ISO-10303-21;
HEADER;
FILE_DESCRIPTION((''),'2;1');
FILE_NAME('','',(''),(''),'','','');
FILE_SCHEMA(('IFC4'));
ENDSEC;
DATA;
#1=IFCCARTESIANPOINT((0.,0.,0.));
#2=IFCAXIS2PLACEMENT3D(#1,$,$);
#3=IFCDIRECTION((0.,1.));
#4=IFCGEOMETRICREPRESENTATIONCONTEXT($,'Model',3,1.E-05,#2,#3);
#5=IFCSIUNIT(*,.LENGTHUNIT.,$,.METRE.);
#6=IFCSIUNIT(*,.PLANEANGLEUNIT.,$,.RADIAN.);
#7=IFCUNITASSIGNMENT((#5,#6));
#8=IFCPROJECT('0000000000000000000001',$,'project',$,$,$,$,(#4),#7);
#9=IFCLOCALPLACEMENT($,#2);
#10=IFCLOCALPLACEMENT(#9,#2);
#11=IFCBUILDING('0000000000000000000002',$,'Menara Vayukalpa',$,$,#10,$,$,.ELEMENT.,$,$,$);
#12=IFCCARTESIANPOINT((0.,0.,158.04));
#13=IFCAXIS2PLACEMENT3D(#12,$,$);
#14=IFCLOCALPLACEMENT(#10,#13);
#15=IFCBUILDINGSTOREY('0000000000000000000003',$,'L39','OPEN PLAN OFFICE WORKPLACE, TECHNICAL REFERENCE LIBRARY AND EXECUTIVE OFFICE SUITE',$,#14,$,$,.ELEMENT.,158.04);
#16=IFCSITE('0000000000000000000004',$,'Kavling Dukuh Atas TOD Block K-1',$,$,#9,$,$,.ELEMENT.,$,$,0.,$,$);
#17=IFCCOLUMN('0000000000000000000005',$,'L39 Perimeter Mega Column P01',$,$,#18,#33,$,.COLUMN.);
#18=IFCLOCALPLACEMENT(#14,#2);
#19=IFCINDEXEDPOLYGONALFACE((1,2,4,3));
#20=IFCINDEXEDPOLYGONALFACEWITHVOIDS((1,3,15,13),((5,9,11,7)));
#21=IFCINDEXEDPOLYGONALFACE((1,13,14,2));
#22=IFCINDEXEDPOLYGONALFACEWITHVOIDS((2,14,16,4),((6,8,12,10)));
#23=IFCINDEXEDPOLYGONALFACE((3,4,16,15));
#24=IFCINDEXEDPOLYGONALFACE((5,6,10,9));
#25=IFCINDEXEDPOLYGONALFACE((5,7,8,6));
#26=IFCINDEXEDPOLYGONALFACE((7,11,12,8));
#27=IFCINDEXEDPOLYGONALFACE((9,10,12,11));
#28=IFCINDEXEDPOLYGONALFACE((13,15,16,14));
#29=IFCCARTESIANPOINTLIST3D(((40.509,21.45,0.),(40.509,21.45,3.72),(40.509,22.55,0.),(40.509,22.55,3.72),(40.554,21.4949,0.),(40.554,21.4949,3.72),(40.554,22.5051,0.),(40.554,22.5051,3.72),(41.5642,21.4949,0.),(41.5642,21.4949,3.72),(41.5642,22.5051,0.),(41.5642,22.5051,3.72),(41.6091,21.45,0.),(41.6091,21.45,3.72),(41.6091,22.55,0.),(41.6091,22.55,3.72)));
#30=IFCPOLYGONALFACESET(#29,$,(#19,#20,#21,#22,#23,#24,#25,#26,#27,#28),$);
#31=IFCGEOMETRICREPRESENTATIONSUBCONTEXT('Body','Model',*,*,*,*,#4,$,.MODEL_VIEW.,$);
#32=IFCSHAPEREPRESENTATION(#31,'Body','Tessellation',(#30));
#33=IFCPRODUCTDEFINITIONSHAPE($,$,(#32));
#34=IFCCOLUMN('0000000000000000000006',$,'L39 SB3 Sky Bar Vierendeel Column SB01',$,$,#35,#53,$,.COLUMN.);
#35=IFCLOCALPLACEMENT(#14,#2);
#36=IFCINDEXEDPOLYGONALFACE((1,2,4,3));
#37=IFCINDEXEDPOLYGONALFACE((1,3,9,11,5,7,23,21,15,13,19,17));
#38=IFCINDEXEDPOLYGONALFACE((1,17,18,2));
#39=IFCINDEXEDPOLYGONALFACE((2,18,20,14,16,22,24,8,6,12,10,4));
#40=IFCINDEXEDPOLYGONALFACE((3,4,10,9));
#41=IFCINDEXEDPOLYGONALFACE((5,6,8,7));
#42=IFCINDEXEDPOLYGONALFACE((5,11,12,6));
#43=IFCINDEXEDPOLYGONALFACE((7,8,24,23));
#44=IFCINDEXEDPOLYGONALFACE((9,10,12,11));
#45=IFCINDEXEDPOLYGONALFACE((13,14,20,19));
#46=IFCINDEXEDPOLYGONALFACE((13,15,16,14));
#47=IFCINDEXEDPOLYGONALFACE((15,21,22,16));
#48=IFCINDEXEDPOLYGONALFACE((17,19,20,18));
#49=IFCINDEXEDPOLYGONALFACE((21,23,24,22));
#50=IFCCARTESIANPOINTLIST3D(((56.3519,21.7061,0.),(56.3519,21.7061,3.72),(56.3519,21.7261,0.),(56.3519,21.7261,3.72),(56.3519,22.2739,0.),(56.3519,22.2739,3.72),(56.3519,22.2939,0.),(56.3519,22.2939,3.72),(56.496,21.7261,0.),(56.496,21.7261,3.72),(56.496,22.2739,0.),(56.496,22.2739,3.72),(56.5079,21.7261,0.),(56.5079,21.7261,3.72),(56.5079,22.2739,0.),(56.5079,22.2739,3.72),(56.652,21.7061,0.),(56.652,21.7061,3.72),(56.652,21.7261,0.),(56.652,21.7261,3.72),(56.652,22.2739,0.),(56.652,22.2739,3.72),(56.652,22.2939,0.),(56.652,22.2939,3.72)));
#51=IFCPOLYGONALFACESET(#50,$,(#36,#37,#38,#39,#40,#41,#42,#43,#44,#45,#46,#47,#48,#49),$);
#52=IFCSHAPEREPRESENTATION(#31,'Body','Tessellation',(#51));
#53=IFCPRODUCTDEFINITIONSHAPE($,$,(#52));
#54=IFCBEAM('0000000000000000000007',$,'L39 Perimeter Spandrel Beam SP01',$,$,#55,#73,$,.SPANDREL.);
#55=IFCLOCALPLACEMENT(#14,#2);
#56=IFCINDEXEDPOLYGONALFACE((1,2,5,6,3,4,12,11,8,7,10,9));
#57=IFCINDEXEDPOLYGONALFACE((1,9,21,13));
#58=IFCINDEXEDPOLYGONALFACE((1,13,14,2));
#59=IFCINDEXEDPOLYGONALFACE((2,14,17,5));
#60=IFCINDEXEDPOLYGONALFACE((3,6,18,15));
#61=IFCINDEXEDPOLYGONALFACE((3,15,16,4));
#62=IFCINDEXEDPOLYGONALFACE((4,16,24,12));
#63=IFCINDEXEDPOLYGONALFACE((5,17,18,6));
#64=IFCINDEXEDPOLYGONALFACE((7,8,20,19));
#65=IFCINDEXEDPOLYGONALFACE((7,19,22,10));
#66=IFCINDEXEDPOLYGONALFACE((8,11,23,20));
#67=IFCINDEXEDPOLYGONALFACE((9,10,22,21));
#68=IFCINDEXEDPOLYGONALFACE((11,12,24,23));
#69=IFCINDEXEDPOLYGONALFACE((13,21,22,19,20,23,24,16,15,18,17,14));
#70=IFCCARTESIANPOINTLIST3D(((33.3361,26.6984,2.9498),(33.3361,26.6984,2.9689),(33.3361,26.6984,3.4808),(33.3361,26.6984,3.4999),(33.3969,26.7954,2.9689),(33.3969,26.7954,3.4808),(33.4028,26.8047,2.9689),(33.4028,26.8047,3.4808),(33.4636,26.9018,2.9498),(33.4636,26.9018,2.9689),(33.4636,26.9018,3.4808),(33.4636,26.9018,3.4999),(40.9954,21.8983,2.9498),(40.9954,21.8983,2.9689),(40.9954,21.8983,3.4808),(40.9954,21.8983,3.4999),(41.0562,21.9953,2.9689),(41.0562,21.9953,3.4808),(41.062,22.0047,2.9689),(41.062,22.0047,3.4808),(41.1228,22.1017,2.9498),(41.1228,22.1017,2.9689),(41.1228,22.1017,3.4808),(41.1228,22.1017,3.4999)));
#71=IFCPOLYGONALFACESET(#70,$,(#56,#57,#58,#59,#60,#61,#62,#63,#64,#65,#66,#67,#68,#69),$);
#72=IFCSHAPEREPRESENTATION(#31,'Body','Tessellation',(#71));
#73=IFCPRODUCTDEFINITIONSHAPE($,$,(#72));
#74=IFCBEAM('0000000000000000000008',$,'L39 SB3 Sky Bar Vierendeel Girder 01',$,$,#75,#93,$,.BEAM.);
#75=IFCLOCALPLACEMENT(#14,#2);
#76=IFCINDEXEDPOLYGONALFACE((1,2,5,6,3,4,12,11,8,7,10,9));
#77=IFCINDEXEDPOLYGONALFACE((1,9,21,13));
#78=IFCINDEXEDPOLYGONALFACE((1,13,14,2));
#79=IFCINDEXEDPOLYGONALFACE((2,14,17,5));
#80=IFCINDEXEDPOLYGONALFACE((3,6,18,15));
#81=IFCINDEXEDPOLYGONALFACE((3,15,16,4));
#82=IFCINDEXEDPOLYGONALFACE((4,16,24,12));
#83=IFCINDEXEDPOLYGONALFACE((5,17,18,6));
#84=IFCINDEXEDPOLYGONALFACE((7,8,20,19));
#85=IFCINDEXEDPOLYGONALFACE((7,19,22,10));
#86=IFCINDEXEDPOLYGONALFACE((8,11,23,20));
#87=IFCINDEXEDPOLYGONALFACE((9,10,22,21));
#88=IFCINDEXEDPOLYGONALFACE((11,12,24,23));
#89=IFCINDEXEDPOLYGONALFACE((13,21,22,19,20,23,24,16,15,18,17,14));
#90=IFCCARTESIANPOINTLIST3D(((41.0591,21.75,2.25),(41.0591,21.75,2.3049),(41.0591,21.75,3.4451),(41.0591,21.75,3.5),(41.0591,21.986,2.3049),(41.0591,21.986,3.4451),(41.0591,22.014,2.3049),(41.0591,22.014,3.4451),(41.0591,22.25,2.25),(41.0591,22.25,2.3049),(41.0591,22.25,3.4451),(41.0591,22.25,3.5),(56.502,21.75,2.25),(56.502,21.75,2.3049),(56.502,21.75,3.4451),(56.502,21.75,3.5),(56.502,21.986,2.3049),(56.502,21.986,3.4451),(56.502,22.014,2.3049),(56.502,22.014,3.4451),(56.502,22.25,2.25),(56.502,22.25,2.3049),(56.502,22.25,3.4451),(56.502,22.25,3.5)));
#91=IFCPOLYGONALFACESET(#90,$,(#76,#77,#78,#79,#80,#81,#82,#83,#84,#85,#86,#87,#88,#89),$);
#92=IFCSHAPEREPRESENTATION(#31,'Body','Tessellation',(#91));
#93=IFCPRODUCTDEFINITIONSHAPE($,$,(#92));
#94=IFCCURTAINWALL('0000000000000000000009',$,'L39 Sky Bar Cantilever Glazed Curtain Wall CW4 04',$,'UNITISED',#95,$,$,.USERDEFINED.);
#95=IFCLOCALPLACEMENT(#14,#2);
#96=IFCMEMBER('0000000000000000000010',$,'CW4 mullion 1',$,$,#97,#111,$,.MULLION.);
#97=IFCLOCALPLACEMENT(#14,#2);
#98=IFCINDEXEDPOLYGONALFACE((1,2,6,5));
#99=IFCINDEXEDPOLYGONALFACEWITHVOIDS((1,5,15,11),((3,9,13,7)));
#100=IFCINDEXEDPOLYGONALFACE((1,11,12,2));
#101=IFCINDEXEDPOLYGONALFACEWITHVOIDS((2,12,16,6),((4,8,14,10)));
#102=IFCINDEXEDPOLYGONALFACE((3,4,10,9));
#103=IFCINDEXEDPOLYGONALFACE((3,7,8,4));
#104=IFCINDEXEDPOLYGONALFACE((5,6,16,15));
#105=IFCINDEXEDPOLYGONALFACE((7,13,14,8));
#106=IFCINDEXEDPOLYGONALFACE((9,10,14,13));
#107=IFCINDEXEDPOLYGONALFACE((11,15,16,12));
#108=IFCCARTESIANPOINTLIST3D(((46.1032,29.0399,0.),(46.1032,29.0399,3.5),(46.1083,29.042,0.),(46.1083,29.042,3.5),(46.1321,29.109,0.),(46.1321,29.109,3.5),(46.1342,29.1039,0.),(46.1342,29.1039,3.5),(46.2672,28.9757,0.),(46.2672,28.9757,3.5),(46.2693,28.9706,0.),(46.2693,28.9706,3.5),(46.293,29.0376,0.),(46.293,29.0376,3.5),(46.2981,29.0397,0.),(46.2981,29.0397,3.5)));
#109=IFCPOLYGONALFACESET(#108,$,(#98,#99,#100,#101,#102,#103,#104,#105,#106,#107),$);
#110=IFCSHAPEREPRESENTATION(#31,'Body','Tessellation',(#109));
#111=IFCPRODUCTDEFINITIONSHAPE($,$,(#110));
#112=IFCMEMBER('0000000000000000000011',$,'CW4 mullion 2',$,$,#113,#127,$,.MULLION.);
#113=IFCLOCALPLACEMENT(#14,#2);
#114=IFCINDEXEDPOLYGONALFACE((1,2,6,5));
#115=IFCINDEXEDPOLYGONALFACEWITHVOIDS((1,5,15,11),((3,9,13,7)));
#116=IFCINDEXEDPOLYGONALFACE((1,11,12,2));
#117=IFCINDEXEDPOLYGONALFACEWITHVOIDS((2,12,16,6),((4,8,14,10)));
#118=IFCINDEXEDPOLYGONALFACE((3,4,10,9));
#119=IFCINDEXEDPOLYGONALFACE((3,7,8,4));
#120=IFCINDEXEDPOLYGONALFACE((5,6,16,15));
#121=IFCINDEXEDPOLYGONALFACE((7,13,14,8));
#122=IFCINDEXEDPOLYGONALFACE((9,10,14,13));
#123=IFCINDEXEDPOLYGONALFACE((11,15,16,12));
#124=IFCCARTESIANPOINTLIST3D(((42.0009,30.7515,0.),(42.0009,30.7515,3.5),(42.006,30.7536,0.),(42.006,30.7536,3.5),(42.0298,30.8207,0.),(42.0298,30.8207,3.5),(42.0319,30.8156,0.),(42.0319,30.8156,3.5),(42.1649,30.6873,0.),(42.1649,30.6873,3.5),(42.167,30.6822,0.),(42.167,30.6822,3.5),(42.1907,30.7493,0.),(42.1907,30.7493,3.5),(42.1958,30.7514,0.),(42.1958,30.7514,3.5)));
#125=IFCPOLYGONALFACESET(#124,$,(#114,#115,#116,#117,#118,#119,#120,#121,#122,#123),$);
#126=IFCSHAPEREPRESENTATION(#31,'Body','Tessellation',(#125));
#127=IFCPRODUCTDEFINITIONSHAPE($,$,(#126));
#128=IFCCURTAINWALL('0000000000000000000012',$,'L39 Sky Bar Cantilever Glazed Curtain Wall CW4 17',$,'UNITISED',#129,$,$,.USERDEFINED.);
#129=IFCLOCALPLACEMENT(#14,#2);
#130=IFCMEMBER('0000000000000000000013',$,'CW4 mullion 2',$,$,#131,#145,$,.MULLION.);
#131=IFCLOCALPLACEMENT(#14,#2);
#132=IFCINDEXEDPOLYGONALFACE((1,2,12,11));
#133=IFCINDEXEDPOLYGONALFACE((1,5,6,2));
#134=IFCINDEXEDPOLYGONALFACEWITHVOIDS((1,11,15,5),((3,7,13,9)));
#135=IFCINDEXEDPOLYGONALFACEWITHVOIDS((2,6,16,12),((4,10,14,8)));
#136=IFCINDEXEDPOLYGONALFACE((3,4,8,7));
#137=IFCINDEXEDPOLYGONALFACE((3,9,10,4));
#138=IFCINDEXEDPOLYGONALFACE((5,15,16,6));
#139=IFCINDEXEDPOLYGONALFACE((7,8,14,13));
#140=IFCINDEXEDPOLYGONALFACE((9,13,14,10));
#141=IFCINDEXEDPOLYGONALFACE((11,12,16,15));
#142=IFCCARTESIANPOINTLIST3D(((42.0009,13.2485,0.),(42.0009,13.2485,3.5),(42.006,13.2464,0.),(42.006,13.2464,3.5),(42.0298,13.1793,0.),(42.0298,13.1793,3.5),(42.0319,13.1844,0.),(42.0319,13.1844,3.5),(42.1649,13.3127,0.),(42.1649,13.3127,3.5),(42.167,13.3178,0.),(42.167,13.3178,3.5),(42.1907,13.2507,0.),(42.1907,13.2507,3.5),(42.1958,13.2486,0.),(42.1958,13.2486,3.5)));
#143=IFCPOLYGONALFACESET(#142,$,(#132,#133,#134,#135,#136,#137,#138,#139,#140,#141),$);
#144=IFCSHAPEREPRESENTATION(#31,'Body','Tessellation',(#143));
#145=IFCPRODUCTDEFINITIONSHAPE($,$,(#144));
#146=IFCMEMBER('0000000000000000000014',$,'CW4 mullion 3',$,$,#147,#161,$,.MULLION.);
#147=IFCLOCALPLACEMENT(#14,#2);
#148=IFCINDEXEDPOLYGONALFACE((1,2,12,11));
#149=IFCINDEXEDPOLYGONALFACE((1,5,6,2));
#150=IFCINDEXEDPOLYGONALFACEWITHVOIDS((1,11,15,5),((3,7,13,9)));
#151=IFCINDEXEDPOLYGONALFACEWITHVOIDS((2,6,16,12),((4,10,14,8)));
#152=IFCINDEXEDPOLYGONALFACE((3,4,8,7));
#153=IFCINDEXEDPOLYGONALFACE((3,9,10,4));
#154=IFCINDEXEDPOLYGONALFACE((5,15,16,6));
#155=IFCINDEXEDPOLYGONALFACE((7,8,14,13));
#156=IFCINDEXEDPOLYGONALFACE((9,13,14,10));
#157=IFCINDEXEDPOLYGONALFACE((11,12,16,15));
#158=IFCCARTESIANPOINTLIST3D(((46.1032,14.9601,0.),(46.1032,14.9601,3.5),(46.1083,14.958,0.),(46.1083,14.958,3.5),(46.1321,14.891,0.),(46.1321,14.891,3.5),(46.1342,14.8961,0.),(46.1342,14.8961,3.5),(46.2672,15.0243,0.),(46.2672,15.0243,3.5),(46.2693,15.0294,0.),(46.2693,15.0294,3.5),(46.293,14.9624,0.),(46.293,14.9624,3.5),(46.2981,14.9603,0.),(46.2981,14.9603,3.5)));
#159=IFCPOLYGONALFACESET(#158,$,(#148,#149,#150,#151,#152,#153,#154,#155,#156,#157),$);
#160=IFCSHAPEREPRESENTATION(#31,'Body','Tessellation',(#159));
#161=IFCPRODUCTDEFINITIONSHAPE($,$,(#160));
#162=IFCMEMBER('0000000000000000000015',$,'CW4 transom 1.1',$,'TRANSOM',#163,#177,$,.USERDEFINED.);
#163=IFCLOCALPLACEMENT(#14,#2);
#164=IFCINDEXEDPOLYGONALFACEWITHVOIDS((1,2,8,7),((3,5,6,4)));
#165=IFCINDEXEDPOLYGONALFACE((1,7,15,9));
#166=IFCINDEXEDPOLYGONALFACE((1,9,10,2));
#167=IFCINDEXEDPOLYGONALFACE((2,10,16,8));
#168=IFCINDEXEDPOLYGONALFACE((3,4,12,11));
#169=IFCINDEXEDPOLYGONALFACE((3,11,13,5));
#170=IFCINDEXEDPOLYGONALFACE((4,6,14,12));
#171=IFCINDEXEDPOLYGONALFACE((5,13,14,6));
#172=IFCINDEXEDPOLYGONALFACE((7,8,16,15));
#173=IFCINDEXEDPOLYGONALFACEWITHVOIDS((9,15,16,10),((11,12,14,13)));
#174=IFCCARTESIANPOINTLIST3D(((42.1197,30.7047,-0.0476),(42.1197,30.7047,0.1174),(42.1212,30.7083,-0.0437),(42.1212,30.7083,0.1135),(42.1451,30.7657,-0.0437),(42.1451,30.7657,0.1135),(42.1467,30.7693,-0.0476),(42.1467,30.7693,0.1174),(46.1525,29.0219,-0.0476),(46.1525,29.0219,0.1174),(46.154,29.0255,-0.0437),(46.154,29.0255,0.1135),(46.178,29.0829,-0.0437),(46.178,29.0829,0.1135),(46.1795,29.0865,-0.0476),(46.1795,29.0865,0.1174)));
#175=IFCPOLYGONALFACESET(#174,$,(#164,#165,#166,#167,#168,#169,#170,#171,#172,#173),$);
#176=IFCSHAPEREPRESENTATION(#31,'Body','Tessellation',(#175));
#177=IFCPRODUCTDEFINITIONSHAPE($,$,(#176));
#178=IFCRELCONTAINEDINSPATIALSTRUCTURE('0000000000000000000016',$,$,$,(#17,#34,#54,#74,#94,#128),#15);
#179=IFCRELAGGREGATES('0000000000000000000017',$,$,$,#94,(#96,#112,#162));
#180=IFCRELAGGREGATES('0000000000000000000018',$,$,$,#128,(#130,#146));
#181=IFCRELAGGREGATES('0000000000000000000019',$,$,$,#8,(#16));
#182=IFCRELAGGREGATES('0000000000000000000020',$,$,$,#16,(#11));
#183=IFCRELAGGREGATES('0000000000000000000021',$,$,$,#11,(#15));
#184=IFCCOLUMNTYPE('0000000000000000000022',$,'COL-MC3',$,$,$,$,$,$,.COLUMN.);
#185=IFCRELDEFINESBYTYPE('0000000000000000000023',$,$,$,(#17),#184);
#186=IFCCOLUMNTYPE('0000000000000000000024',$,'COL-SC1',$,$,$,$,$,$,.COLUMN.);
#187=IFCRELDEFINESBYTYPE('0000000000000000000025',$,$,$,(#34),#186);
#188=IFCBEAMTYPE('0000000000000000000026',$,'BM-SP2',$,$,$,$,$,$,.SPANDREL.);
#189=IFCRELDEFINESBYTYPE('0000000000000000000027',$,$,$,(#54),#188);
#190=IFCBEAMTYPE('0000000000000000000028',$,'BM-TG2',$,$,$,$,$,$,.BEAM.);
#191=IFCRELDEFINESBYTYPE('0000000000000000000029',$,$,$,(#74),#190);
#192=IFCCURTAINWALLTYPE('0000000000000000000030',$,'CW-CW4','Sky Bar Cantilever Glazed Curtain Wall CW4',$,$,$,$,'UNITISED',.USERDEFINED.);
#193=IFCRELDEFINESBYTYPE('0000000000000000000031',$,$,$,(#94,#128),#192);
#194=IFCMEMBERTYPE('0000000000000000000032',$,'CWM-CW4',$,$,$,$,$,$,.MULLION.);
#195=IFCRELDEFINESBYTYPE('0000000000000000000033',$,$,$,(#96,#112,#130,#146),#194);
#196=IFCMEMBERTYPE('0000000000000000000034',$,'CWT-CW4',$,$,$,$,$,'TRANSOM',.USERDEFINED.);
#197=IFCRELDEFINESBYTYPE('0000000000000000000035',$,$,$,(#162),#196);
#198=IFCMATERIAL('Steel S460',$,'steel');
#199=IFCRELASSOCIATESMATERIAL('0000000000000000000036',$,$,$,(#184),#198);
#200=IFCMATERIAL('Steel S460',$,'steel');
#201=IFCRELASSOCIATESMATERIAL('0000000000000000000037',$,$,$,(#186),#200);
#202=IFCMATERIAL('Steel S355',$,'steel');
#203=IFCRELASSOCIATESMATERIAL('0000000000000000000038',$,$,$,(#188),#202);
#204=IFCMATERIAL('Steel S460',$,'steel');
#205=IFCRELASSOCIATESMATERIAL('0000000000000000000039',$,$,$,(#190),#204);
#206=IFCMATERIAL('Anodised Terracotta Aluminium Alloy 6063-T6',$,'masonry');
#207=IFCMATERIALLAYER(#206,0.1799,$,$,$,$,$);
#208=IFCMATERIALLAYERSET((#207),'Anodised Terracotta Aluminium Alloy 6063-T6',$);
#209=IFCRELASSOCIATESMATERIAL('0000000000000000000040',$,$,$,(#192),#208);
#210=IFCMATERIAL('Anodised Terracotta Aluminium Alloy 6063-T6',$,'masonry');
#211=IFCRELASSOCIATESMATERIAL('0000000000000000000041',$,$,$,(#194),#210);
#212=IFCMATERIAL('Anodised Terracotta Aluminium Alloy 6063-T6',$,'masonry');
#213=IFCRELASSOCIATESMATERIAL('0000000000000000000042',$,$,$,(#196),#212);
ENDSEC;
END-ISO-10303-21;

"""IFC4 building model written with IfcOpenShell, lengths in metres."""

from ifc_helpers import new_model, si_unit, direction, frame, origin, origin_2d, place, context, subcontext, project, spatial, hollow_rectangle, i_section, extrude, material, layer, layer_set, material_profile, profile_set, type_object, element, aggregate, save


model = new_model("IFC4")

# Units and contexts
model_context = context("Model", 3, precision=1e-05, world=origin(), true_north=direction((0.0, 1.0)))
body_context = subcontext(model_context, "Body", "Model", "MODEL_VIEW")
ifc_project = project(units=[si_unit("LENGTHUNIT", "METRE"), si_unit("PLANEANGLEUNIT", "RADIAN")], contexts=[model_context])

# Site, building, storey
site_placement = place(None, origin())
site = spatial("IfcSite", under=ifc_project, at=site_placement, Name="Kavling Dukuh Atas TOD Block K-1", CompositionType="ELEMENT", RefElevation=0.0)
building_placement = place(site_placement, origin())
building = spatial("IfcBuilding", under=site, at=building_placement, Name="Menara Vayukalpa", CompositionType="ELEMENT")
storey_placement = place(building_placement, frame((0.0, 0.0, 158.04)))
storey = spatial("IfcBuildingStorey", under=building, at=storey_placement, Name="L39", Description="OPEN PLAN OFFICE WORKPLACE, TECHNICAL REFERENCE LIBRARY AND EXECUTIVE OFFICE SUITE", CompositionType="ELEMENT", Elevation=158.04)

# Columns
ifc_material_1 = material(Name="Steel S460", Category="steel")
ifc_material_profile_1 = material_profile(ifc_material_1, hollow_rectangle(XDim=1.1001, YDim=1.1001, WallThickness=0.0449, at=origin_2d()), Name="BOX 1100x1100x45")
ifc_profile_set_1 = profile_set([ifc_material_profile_1], Name="Steel S460")
column_type_1 = type_object("IfcColumnType", Name="COL-MC3", PredefinedType="COLUMN", material=ifc_profile_set_1)
column_1_placement = place(storey_placement, frame((41.0591, 22.0, 0.0), z_axis=(0.0, 0.0, 1.0), x_axis=(1.0, 0.0, 0.0)))
element("IfcColumn", 1, at=column_1_placement, inside=storey, type_object=column_type_1, Name="L39 Perimeter Mega Column P01", PredefinedType="COLUMN", context=body_context, shape_type="SweptSolid", body=[
    extrude(hollow_rectangle(XDim=1.1001, YDim=1.1001, WallThickness=0.0449, at=origin_2d()), origin(), (0.0, 0.0, 1.0), 3.72),
])
ifc_material_2 = material(Name="Steel S460", Category="steel")
ifc_material_profile_2 = material_profile(ifc_material_2, i_section(OverallWidth=0.3, OverallDepth=0.5879, WebThickness=0.012, FlangeThickness=0.02, at=origin_2d()), Name="H 588x300x12x20")
ifc_profile_set_2 = profile_set([ifc_material_profile_2], Name="Steel S460")
column_type_2 = type_object("IfcColumnType", Name="COL-SC1", PredefinedType="COLUMN", material=ifc_profile_set_2)
column_2_placement = place(storey_placement, frame((56.502, 22.0, 0.0), z_axis=(0.0, 0.0, 1.0), x_axis=(1.0, 0.0, 0.0)))
element("IfcColumn", 2, at=column_2_placement, inside=storey, type_object=column_type_2, Name="L39 SB3 Sky Bar Vierendeel Column SB01", PredefinedType="COLUMN", context=body_context, shape_type="SweptSolid", body=[
    extrude(i_section(OverallWidth=0.3, OverallDepth=0.5879, WebThickness=0.012, FlangeThickness=0.02, at=origin_2d()), origin(), (0.0, 0.0, 1.0), 3.72),
])

# Beams
ifc_material_3 = material(Name="Steel S355", Category="steel")
ifc_material_profile_3 = material_profile(ifc_material_3, i_section(OverallWidth=0.24, OverallDepth=0.55, WebThickness=0.011, FlangeThickness=0.019, at=origin_2d()), Name="WF 550x240x11x19")
ifc_profile_set_3 = profile_set([ifc_material_profile_3], Name="Steel S355")
beam_type_1 = type_object("IfcBeamType", Name="BM-SP2", PredefinedType="SPANDREL", material=ifc_profile_set_3)
beam_1_placement = place(storey_placement, frame((41.0591, 22.0, 3.2249), z_axis=(-0.847348, 0.531038, 0.0), x_axis=(-0.531038, -0.847348, 0.0)))
element("IfcBeam", 3, at=beam_1_placement, inside=storey, type_object=beam_type_1, Name="L39 Perimeter Spandrel Beam SP01", PredefinedType="SPANDREL", context=body_context, shape_type="SweptSolid", body=[
    extrude(i_section(OverallWidth=0.24, OverallDepth=0.55, WebThickness=0.011, FlangeThickness=0.019, at=origin_2d()), origin(), (0.0, 0.0, 1.0), 9.0391),
])
ifc_material_4 = material(Name="Steel S460", Category="steel")
ifc_material_profile_4 = material_profile(ifc_material_4, i_section(OverallWidth=0.5, OverallDepth=1.25, WebThickness=0.0281, FlangeThickness=0.0549, at=origin_2d()), Name="WG 1250x500x28x55")
ifc_profile_set_4 = profile_set([ifc_material_profile_4], Name="Steel S460")
beam_type_2 = type_object("IfcBeamType", Name="BM-TG2", PredefinedType="BEAM", material=ifc_profile_set_4)
beam_2_placement = place(storey_placement, frame((41.0591, 22.0, 2.875), z_axis=(1.0, 0.0, 0.0), x_axis=(0.0, 1.0, 0.0)))
element("IfcBeam", 4, at=beam_2_placement, inside=storey, type_object=beam_type_2, Name="L39 SB3 Sky Bar Vierendeel Girder 01", PredefinedType="BEAM", context=body_context, shape_type="SweptSolid", body=[
    extrude(i_section(OverallWidth=0.5, OverallDepth=1.25, WebThickness=0.0281, FlangeThickness=0.0549, at=origin_2d()), origin(), (0.0, 0.0, 1.0), 15.4429),
])

# Curtain walls, members
ifc_material_5 = material(Name="Anodised Terracotta Aluminium Alloy 6063-T6", Category="masonry")
ifc_layer_1 = layer(ifc_material_5, 0.1799)
ifc_layer_set_1 = layer_set([ifc_layer_1], Name="Anodised Terracotta Aluminium Alloy 6063-T6")
curtain_wall_type = type_object("IfcCurtainWallType", Name="CW-CW4", Description="Sky Bar Cantilever Glazed Curtain Wall CW4", ElementType="UNITISED", PredefinedType="USERDEFINED", material=ifc_layer_set_1)
curtain_wall_1_placement = place(storey_placement, origin())
curtain_wall_1 = element("IfcCurtainWall", 5, at=curtain_wall_1_placement, inside=storey, type_object=curtain_wall_type, Name="L39 Sky Bar Cantilever Glazed Curtain Wall CW4 04", ObjectType="UNITISED", PredefinedType="USERDEFINED")
ifc_material_6 = material(Name="Anodised Terracotta Aluminium Alloy 6063-T6", Category="masonry")
ifc_material_profile_5 = material_profile(ifc_material_6, hollow_rectangle(XDim=0.075, YDim=0.1799, WallThickness=0.0039, at=origin_2d()), Name="ALU 75x180x4")
ifc_profile_set_5 = profile_set([ifc_material_profile_5], Name="Anodised Terracotta Aluminium Alloy 6063-T6")
member_type_1 = type_object("IfcMemberType", Name="CWM-CW4", PredefinedType="MULLION", material=ifc_profile_set_5)
member_1_placement = place(storey_placement, frame((46.2007, 29.0398, 0.0), z_axis=(0.0, 0.0, 1.0), x_axis=(-0.385091, -0.922878, 0.0)))
member_1 = element("IfcMember", 6, at=member_1_placement, type_object=member_type_1, Name="CW4 mullion 1", PredefinedType="MULLION", context=body_context, shape_type="SweptSolid", body=[
    extrude(hollow_rectangle(XDim=0.075, YDim=0.1799, WallThickness=0.0039, at=origin_2d()), origin(), (0.0, 0.0, 1.0), 3.5),
])
member_2_placement = place(storey_placement, frame((42.0984, 30.7515, 0.0), z_axis=(0.0, 0.0, 1.0), x_axis=(-0.385091, -0.922878, 0.0)))
member_2 = element("IfcMember", 7, at=member_2_placement, type_object=member_type_1, Name="CW4 mullion 2", PredefinedType="MULLION", context=body_context, shape_type="SweptSolid", body=[
    extrude(hollow_rectangle(XDim=0.075, YDim=0.1799, WallThickness=0.0039, at=origin_2d()), origin(), (0.0, 0.0, 1.0), 3.5),
])
curtain_wall_2_placement = place(storey_placement, origin())
curtain_wall_2 = element("IfcCurtainWall", 8, at=curtain_wall_2_placement, inside=storey, type_object=curtain_wall_type, Name="L39 Sky Bar Cantilever Glazed Curtain Wall CW4 17", ObjectType="UNITISED", PredefinedType="USERDEFINED")
member_3_placement = place(storey_placement, frame((42.0984, 13.2485, 0.0), z_axis=(0.0, 0.0, 1.0), x_axis=(-0.385091, 0.922878, 0.0)))
member_3 = element("IfcMember", 9, at=member_3_placement, type_object=member_type_1, Name="CW4 mullion 2", PredefinedType="MULLION", context=body_context, shape_type="SweptSolid", body=[
    extrude(hollow_rectangle(XDim=0.075, YDim=0.1799, WallThickness=0.0039, at=origin_2d()), origin(), (0.0, 0.0, 1.0), 3.5),
])
member_4_placement = place(storey_placement, frame((46.2007, 14.9602, 0.0), z_axis=(0.0, 0.0, 1.0), x_axis=(-0.385091, 0.922878, 0.0)))
member_4 = element("IfcMember", 10, at=member_4_placement, type_object=member_type_1, Name="CW4 mullion 3", PredefinedType="MULLION", context=body_context, shape_type="SweptSolid", body=[
    extrude(hollow_rectangle(XDim=0.075, YDim=0.1799, WallThickness=0.0039, at=origin_2d()), origin(), (0.0, 0.0, 1.0), 3.5),
])

# Member
ifc_material_7 = material(Name="Anodised Terracotta Aluminium Alloy 6063-T6", Category="masonry")
ifc_material_profile_6 = material_profile(ifc_material_7, hollow_rectangle(XDim=0.0701, YDim=0.165, WallThickness=0.0039, at=origin_2d()), Name="ALU 70x165x4")
ifc_profile_set_6 = profile_set([ifc_material_profile_6], Name="Anodised Terracotta Aluminium Alloy 6063-T6")
member_type_2 = type_object("IfcMemberType", Name="CWT-CW4", ElementType="TRANSOM", PredefinedType="USERDEFINED", material=ifc_profile_set_6)
member_5_placement = place(storey_placement, frame((46.166, 29.0542, 0.0349), z_axis=(-0.922877, 0.385095, 0.0), x_axis=(-0.385095, -0.922877, 0.0)))
member_5 = element("IfcMember", 11, at=member_5_placement, type_object=member_type_2, Name="CW4 transom 1.1", ObjectType="TRANSOM", PredefinedType="USERDEFINED", context=body_context, shape_type="SweptSolid", body=[
    extrude(hollow_rectangle(XDim=0.0701, YDim=0.165, WallThickness=0.0039, at=origin_2d()), origin(), (0.0, 0.0, 1.0), 4.3699),
])

aggregate(curtain_wall_1, [member_1, member_2, member_5])
aggregate(curtain_wall_2, [member_3, member_4])

save(model, "model.ifc")
